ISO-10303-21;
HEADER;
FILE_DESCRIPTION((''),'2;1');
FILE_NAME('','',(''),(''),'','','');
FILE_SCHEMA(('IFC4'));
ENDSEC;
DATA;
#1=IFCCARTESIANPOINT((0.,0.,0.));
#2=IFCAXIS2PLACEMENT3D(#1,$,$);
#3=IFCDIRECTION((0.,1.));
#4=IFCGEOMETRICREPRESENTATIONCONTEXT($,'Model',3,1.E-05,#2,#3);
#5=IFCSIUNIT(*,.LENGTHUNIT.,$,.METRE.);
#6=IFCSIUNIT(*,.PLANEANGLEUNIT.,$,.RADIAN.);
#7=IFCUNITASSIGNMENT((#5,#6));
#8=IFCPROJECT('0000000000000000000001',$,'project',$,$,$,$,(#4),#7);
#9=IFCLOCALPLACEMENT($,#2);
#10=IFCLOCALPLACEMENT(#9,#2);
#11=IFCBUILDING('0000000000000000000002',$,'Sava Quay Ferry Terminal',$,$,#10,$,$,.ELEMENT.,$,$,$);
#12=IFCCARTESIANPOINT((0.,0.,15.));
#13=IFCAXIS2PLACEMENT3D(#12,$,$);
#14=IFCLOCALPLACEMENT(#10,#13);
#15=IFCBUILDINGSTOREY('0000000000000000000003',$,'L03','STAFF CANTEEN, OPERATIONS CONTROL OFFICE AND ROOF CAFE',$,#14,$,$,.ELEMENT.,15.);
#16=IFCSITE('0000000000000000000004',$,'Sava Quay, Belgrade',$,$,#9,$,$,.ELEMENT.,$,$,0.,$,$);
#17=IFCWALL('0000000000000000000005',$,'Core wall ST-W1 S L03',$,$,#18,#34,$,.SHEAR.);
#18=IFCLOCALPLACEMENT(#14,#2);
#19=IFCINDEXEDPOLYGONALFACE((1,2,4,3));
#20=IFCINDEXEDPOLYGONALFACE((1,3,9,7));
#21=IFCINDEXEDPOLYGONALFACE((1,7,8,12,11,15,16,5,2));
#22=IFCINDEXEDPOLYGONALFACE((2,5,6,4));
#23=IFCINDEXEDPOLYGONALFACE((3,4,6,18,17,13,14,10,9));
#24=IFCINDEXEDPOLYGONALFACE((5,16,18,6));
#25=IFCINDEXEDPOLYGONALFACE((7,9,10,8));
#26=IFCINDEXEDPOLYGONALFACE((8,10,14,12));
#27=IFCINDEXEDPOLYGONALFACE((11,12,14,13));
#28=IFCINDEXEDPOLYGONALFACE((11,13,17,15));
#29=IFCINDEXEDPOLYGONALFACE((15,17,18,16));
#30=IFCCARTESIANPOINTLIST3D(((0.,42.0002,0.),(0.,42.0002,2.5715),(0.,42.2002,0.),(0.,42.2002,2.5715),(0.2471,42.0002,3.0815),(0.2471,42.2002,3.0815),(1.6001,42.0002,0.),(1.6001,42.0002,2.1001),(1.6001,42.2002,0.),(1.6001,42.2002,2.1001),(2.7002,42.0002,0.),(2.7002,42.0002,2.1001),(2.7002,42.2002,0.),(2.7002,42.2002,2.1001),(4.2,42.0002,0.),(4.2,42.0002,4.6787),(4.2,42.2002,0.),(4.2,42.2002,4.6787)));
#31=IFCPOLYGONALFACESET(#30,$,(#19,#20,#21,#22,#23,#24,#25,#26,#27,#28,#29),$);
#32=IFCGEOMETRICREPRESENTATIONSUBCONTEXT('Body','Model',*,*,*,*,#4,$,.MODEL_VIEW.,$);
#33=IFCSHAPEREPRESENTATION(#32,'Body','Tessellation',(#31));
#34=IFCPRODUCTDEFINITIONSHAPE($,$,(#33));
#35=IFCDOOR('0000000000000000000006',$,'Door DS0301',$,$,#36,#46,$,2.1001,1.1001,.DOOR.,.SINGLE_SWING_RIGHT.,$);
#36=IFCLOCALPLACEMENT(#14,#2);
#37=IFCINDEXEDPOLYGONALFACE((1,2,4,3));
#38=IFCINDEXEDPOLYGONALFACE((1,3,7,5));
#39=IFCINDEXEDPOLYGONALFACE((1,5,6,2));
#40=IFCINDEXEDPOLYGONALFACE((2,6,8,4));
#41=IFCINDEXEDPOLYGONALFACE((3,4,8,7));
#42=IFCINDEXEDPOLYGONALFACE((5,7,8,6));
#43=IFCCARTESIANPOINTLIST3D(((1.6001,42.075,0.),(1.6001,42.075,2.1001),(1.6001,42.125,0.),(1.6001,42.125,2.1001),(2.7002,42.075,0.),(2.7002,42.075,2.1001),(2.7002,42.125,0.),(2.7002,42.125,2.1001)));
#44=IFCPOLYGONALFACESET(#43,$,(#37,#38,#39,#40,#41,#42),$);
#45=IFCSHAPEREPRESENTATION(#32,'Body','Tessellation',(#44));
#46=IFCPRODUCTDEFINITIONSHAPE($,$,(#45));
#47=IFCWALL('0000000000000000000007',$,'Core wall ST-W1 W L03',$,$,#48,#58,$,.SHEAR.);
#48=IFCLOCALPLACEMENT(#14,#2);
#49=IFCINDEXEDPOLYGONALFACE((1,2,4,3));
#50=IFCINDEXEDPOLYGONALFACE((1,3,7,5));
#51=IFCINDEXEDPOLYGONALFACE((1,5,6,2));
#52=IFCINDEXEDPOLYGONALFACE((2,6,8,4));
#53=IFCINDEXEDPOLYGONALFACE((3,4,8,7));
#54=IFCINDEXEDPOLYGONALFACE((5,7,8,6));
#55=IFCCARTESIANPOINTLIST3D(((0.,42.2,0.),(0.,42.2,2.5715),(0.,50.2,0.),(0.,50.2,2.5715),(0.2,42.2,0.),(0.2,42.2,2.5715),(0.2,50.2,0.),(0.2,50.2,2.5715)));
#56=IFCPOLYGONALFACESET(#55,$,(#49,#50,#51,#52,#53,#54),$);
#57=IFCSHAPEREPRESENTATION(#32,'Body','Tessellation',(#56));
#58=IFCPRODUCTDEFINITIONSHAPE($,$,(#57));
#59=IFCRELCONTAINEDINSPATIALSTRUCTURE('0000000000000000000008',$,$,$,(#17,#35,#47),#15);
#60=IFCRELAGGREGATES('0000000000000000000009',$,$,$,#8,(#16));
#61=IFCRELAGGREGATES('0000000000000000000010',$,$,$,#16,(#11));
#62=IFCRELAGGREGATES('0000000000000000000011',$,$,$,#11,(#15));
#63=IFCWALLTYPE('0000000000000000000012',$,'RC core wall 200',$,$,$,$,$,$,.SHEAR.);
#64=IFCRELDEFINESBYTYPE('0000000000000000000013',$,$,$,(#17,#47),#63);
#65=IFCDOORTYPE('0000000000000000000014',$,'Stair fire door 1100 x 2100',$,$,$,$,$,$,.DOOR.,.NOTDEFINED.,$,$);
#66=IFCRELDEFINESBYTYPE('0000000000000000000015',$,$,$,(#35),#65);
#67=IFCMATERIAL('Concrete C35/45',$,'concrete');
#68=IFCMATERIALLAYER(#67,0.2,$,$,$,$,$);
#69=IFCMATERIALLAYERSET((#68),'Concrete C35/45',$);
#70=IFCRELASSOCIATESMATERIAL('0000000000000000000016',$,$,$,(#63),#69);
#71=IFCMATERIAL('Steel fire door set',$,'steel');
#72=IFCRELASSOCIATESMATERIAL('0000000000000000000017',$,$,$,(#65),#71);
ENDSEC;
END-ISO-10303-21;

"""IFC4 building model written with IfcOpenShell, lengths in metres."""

from ifc_helpers import new_model, si_unit, direction, frame, frame_2d, origin, place, context, subcontext, project, spatial, polyline, rectangle, outline, extrude, material, layer, layer_set, type_object, element, fill, save


model = new_model("IFC4")

# Units and contexts
model_context = context("Model", 3, precision=1e-05, world=origin(), true_north=direction((0.0, 1.0)))
body_context = subcontext(model_context, "Body", "Model", "MODEL_VIEW")
ifc_project = project(units=[si_unit("LENGTHUNIT", "METRE"), si_unit("PLANEANGLEUNIT", "RADIAN")], contexts=[model_context])

# Site, building, storey
site_placement = place(None, origin())
site = spatial("IfcSite", under=ifc_project, at=site_placement, Name="Sava Quay, Belgrade", CompositionType="ELEMENT", RefElevation=0.0)
building_placement = place(site_placement, origin())
building = spatial("IfcBuilding", under=site, at=building_placement, Name="Sava Quay Ferry Terminal", CompositionType="ELEMENT")
storey_placement = place(building_placement, frame((0.0, 0.0, 15.0)))
storey = spatial("IfcBuildingStorey", under=building, at=storey_placement, Name="L03", Description="STAFF CANTEEN, OPERATIONS CONTROL OFFICE AND ROOF CAFE", CompositionType="ELEMENT", Elevation=15.0)

# Wall, opening, door
ifc_material_1 = material(Name="Concrete C35/45", Category="concrete")
ifc_layer_1 = layer(ifc_material_1, 0.2)
ifc_layer_set_1 = layer_set([ifc_layer_1], Name="Concrete C35/45")
wall_type_1 = type_object("IfcWallType", Name="RC core wall 200", PredefinedType="SHEAR", material=ifc_layer_set_1)
wall_1_placement = place(storey_placement, frame((0.0, 42.1001, 0.0), z_axis=(0.0, 0.0, 1.0), x_axis=(1.0, 0.0, 0.0)))
wall_1 = element("IfcWall", 1, at=wall_1_placement, inside=storey, type_object=wall_type_1, Name="Core wall ST-W1 S L03", PredefinedType="SHEAR", context=body_context, shape_type="SweptSolid", body=[
    extrude(outline(polyline([(0.0, 0.0), (4.2, 0.0), (4.2, 4.6787), (0.2471, 3.0815), (0.0, 2.5715), (0.0, 0.0)])), frame((0.0, 0.1001, 0.0), z_axis=(0.0, -1.0, 0.0), x_axis=(1.0, 0.0, 0.0)), (0.0, 0.0, 1.0), 0.2),
])
opening_1_placement = place(wall_1_placement, frame((1.6001, 0.0, 0.0)))
opening_1 = element("IfcOpeningElement", 2, at=opening_1_placement, cuts=wall_1, PredefinedType="OPENING", context=body_context, shape_type="SweptSolid", body=[
    extrude(rectangle(XDim=1.1001, YDim=2.1001, at=frame_2d((0.55, 1.05))), frame((0.0, 0.1001, 0.0), z_axis=(0.0, -1.0, 0.0), x_axis=(1.0, 0.0, 0.0)), (0.0, 0.0, 1.0), 0.2),
])
ifc_material_2 = material(Name="Steel fire door set", Category="steel")
door_type_1 = type_object("IfcDoorType", Name="Stair fire door 1100 x 2100", OperationType="NOTDEFINED", PredefinedType="DOOR", material=ifc_material_2)
door_1_placement = place(opening_1_placement, origin())
door_1 = element("IfcDoor", 3, at=door_1_placement, inside=storey, type_object=door_type_1, Name="Door DS0301", OperationType="SINGLE_SWING_RIGHT", OverallHeight=2.1001, OverallWidth=1.1001, PredefinedType="DOOR", context=body_context, shape_type="SweptSolid", body=[
    extrude(rectangle(XDim=1.1001, YDim=2.1001, at=frame_2d((0.55, 1.05))), frame((0.0, 0.0249, 0.0), z_axis=(0.0, -1.0, 0.0), x_axis=(1.0, 0.0, 0.0)), (0.0, 0.0, 1.0), 0.05),
])
fill(opening_1, door_1)

# Wall
wall_2_placement = place(storey_placement, frame((0.1001, 42.2, 0.0), z_axis=(0.0, 0.0, 1.0), x_axis=(0.0, 1.0, 0.0)))
element("IfcWall", 4, at=wall_2_placement, inside=storey, type_object=wall_type_1, Name="Core wall ST-W1 W L03", PredefinedType="SHEAR", context=body_context, shape_type="SweptSolid", body=[
    extrude(outline(polyline([(0.0, 0.0), (8.0, 0.0), (8.0, 2.5715), (0.0, 2.5715), (0.0, 0.0)])), frame((0.0, 0.1001, 0.0), z_axis=(0.0, -1.0, 0.0), x_axis=(1.0, 0.0, 0.0)), (0.0, 0.0, 1.0), 0.2),
])

save(model, "model.ifc")
